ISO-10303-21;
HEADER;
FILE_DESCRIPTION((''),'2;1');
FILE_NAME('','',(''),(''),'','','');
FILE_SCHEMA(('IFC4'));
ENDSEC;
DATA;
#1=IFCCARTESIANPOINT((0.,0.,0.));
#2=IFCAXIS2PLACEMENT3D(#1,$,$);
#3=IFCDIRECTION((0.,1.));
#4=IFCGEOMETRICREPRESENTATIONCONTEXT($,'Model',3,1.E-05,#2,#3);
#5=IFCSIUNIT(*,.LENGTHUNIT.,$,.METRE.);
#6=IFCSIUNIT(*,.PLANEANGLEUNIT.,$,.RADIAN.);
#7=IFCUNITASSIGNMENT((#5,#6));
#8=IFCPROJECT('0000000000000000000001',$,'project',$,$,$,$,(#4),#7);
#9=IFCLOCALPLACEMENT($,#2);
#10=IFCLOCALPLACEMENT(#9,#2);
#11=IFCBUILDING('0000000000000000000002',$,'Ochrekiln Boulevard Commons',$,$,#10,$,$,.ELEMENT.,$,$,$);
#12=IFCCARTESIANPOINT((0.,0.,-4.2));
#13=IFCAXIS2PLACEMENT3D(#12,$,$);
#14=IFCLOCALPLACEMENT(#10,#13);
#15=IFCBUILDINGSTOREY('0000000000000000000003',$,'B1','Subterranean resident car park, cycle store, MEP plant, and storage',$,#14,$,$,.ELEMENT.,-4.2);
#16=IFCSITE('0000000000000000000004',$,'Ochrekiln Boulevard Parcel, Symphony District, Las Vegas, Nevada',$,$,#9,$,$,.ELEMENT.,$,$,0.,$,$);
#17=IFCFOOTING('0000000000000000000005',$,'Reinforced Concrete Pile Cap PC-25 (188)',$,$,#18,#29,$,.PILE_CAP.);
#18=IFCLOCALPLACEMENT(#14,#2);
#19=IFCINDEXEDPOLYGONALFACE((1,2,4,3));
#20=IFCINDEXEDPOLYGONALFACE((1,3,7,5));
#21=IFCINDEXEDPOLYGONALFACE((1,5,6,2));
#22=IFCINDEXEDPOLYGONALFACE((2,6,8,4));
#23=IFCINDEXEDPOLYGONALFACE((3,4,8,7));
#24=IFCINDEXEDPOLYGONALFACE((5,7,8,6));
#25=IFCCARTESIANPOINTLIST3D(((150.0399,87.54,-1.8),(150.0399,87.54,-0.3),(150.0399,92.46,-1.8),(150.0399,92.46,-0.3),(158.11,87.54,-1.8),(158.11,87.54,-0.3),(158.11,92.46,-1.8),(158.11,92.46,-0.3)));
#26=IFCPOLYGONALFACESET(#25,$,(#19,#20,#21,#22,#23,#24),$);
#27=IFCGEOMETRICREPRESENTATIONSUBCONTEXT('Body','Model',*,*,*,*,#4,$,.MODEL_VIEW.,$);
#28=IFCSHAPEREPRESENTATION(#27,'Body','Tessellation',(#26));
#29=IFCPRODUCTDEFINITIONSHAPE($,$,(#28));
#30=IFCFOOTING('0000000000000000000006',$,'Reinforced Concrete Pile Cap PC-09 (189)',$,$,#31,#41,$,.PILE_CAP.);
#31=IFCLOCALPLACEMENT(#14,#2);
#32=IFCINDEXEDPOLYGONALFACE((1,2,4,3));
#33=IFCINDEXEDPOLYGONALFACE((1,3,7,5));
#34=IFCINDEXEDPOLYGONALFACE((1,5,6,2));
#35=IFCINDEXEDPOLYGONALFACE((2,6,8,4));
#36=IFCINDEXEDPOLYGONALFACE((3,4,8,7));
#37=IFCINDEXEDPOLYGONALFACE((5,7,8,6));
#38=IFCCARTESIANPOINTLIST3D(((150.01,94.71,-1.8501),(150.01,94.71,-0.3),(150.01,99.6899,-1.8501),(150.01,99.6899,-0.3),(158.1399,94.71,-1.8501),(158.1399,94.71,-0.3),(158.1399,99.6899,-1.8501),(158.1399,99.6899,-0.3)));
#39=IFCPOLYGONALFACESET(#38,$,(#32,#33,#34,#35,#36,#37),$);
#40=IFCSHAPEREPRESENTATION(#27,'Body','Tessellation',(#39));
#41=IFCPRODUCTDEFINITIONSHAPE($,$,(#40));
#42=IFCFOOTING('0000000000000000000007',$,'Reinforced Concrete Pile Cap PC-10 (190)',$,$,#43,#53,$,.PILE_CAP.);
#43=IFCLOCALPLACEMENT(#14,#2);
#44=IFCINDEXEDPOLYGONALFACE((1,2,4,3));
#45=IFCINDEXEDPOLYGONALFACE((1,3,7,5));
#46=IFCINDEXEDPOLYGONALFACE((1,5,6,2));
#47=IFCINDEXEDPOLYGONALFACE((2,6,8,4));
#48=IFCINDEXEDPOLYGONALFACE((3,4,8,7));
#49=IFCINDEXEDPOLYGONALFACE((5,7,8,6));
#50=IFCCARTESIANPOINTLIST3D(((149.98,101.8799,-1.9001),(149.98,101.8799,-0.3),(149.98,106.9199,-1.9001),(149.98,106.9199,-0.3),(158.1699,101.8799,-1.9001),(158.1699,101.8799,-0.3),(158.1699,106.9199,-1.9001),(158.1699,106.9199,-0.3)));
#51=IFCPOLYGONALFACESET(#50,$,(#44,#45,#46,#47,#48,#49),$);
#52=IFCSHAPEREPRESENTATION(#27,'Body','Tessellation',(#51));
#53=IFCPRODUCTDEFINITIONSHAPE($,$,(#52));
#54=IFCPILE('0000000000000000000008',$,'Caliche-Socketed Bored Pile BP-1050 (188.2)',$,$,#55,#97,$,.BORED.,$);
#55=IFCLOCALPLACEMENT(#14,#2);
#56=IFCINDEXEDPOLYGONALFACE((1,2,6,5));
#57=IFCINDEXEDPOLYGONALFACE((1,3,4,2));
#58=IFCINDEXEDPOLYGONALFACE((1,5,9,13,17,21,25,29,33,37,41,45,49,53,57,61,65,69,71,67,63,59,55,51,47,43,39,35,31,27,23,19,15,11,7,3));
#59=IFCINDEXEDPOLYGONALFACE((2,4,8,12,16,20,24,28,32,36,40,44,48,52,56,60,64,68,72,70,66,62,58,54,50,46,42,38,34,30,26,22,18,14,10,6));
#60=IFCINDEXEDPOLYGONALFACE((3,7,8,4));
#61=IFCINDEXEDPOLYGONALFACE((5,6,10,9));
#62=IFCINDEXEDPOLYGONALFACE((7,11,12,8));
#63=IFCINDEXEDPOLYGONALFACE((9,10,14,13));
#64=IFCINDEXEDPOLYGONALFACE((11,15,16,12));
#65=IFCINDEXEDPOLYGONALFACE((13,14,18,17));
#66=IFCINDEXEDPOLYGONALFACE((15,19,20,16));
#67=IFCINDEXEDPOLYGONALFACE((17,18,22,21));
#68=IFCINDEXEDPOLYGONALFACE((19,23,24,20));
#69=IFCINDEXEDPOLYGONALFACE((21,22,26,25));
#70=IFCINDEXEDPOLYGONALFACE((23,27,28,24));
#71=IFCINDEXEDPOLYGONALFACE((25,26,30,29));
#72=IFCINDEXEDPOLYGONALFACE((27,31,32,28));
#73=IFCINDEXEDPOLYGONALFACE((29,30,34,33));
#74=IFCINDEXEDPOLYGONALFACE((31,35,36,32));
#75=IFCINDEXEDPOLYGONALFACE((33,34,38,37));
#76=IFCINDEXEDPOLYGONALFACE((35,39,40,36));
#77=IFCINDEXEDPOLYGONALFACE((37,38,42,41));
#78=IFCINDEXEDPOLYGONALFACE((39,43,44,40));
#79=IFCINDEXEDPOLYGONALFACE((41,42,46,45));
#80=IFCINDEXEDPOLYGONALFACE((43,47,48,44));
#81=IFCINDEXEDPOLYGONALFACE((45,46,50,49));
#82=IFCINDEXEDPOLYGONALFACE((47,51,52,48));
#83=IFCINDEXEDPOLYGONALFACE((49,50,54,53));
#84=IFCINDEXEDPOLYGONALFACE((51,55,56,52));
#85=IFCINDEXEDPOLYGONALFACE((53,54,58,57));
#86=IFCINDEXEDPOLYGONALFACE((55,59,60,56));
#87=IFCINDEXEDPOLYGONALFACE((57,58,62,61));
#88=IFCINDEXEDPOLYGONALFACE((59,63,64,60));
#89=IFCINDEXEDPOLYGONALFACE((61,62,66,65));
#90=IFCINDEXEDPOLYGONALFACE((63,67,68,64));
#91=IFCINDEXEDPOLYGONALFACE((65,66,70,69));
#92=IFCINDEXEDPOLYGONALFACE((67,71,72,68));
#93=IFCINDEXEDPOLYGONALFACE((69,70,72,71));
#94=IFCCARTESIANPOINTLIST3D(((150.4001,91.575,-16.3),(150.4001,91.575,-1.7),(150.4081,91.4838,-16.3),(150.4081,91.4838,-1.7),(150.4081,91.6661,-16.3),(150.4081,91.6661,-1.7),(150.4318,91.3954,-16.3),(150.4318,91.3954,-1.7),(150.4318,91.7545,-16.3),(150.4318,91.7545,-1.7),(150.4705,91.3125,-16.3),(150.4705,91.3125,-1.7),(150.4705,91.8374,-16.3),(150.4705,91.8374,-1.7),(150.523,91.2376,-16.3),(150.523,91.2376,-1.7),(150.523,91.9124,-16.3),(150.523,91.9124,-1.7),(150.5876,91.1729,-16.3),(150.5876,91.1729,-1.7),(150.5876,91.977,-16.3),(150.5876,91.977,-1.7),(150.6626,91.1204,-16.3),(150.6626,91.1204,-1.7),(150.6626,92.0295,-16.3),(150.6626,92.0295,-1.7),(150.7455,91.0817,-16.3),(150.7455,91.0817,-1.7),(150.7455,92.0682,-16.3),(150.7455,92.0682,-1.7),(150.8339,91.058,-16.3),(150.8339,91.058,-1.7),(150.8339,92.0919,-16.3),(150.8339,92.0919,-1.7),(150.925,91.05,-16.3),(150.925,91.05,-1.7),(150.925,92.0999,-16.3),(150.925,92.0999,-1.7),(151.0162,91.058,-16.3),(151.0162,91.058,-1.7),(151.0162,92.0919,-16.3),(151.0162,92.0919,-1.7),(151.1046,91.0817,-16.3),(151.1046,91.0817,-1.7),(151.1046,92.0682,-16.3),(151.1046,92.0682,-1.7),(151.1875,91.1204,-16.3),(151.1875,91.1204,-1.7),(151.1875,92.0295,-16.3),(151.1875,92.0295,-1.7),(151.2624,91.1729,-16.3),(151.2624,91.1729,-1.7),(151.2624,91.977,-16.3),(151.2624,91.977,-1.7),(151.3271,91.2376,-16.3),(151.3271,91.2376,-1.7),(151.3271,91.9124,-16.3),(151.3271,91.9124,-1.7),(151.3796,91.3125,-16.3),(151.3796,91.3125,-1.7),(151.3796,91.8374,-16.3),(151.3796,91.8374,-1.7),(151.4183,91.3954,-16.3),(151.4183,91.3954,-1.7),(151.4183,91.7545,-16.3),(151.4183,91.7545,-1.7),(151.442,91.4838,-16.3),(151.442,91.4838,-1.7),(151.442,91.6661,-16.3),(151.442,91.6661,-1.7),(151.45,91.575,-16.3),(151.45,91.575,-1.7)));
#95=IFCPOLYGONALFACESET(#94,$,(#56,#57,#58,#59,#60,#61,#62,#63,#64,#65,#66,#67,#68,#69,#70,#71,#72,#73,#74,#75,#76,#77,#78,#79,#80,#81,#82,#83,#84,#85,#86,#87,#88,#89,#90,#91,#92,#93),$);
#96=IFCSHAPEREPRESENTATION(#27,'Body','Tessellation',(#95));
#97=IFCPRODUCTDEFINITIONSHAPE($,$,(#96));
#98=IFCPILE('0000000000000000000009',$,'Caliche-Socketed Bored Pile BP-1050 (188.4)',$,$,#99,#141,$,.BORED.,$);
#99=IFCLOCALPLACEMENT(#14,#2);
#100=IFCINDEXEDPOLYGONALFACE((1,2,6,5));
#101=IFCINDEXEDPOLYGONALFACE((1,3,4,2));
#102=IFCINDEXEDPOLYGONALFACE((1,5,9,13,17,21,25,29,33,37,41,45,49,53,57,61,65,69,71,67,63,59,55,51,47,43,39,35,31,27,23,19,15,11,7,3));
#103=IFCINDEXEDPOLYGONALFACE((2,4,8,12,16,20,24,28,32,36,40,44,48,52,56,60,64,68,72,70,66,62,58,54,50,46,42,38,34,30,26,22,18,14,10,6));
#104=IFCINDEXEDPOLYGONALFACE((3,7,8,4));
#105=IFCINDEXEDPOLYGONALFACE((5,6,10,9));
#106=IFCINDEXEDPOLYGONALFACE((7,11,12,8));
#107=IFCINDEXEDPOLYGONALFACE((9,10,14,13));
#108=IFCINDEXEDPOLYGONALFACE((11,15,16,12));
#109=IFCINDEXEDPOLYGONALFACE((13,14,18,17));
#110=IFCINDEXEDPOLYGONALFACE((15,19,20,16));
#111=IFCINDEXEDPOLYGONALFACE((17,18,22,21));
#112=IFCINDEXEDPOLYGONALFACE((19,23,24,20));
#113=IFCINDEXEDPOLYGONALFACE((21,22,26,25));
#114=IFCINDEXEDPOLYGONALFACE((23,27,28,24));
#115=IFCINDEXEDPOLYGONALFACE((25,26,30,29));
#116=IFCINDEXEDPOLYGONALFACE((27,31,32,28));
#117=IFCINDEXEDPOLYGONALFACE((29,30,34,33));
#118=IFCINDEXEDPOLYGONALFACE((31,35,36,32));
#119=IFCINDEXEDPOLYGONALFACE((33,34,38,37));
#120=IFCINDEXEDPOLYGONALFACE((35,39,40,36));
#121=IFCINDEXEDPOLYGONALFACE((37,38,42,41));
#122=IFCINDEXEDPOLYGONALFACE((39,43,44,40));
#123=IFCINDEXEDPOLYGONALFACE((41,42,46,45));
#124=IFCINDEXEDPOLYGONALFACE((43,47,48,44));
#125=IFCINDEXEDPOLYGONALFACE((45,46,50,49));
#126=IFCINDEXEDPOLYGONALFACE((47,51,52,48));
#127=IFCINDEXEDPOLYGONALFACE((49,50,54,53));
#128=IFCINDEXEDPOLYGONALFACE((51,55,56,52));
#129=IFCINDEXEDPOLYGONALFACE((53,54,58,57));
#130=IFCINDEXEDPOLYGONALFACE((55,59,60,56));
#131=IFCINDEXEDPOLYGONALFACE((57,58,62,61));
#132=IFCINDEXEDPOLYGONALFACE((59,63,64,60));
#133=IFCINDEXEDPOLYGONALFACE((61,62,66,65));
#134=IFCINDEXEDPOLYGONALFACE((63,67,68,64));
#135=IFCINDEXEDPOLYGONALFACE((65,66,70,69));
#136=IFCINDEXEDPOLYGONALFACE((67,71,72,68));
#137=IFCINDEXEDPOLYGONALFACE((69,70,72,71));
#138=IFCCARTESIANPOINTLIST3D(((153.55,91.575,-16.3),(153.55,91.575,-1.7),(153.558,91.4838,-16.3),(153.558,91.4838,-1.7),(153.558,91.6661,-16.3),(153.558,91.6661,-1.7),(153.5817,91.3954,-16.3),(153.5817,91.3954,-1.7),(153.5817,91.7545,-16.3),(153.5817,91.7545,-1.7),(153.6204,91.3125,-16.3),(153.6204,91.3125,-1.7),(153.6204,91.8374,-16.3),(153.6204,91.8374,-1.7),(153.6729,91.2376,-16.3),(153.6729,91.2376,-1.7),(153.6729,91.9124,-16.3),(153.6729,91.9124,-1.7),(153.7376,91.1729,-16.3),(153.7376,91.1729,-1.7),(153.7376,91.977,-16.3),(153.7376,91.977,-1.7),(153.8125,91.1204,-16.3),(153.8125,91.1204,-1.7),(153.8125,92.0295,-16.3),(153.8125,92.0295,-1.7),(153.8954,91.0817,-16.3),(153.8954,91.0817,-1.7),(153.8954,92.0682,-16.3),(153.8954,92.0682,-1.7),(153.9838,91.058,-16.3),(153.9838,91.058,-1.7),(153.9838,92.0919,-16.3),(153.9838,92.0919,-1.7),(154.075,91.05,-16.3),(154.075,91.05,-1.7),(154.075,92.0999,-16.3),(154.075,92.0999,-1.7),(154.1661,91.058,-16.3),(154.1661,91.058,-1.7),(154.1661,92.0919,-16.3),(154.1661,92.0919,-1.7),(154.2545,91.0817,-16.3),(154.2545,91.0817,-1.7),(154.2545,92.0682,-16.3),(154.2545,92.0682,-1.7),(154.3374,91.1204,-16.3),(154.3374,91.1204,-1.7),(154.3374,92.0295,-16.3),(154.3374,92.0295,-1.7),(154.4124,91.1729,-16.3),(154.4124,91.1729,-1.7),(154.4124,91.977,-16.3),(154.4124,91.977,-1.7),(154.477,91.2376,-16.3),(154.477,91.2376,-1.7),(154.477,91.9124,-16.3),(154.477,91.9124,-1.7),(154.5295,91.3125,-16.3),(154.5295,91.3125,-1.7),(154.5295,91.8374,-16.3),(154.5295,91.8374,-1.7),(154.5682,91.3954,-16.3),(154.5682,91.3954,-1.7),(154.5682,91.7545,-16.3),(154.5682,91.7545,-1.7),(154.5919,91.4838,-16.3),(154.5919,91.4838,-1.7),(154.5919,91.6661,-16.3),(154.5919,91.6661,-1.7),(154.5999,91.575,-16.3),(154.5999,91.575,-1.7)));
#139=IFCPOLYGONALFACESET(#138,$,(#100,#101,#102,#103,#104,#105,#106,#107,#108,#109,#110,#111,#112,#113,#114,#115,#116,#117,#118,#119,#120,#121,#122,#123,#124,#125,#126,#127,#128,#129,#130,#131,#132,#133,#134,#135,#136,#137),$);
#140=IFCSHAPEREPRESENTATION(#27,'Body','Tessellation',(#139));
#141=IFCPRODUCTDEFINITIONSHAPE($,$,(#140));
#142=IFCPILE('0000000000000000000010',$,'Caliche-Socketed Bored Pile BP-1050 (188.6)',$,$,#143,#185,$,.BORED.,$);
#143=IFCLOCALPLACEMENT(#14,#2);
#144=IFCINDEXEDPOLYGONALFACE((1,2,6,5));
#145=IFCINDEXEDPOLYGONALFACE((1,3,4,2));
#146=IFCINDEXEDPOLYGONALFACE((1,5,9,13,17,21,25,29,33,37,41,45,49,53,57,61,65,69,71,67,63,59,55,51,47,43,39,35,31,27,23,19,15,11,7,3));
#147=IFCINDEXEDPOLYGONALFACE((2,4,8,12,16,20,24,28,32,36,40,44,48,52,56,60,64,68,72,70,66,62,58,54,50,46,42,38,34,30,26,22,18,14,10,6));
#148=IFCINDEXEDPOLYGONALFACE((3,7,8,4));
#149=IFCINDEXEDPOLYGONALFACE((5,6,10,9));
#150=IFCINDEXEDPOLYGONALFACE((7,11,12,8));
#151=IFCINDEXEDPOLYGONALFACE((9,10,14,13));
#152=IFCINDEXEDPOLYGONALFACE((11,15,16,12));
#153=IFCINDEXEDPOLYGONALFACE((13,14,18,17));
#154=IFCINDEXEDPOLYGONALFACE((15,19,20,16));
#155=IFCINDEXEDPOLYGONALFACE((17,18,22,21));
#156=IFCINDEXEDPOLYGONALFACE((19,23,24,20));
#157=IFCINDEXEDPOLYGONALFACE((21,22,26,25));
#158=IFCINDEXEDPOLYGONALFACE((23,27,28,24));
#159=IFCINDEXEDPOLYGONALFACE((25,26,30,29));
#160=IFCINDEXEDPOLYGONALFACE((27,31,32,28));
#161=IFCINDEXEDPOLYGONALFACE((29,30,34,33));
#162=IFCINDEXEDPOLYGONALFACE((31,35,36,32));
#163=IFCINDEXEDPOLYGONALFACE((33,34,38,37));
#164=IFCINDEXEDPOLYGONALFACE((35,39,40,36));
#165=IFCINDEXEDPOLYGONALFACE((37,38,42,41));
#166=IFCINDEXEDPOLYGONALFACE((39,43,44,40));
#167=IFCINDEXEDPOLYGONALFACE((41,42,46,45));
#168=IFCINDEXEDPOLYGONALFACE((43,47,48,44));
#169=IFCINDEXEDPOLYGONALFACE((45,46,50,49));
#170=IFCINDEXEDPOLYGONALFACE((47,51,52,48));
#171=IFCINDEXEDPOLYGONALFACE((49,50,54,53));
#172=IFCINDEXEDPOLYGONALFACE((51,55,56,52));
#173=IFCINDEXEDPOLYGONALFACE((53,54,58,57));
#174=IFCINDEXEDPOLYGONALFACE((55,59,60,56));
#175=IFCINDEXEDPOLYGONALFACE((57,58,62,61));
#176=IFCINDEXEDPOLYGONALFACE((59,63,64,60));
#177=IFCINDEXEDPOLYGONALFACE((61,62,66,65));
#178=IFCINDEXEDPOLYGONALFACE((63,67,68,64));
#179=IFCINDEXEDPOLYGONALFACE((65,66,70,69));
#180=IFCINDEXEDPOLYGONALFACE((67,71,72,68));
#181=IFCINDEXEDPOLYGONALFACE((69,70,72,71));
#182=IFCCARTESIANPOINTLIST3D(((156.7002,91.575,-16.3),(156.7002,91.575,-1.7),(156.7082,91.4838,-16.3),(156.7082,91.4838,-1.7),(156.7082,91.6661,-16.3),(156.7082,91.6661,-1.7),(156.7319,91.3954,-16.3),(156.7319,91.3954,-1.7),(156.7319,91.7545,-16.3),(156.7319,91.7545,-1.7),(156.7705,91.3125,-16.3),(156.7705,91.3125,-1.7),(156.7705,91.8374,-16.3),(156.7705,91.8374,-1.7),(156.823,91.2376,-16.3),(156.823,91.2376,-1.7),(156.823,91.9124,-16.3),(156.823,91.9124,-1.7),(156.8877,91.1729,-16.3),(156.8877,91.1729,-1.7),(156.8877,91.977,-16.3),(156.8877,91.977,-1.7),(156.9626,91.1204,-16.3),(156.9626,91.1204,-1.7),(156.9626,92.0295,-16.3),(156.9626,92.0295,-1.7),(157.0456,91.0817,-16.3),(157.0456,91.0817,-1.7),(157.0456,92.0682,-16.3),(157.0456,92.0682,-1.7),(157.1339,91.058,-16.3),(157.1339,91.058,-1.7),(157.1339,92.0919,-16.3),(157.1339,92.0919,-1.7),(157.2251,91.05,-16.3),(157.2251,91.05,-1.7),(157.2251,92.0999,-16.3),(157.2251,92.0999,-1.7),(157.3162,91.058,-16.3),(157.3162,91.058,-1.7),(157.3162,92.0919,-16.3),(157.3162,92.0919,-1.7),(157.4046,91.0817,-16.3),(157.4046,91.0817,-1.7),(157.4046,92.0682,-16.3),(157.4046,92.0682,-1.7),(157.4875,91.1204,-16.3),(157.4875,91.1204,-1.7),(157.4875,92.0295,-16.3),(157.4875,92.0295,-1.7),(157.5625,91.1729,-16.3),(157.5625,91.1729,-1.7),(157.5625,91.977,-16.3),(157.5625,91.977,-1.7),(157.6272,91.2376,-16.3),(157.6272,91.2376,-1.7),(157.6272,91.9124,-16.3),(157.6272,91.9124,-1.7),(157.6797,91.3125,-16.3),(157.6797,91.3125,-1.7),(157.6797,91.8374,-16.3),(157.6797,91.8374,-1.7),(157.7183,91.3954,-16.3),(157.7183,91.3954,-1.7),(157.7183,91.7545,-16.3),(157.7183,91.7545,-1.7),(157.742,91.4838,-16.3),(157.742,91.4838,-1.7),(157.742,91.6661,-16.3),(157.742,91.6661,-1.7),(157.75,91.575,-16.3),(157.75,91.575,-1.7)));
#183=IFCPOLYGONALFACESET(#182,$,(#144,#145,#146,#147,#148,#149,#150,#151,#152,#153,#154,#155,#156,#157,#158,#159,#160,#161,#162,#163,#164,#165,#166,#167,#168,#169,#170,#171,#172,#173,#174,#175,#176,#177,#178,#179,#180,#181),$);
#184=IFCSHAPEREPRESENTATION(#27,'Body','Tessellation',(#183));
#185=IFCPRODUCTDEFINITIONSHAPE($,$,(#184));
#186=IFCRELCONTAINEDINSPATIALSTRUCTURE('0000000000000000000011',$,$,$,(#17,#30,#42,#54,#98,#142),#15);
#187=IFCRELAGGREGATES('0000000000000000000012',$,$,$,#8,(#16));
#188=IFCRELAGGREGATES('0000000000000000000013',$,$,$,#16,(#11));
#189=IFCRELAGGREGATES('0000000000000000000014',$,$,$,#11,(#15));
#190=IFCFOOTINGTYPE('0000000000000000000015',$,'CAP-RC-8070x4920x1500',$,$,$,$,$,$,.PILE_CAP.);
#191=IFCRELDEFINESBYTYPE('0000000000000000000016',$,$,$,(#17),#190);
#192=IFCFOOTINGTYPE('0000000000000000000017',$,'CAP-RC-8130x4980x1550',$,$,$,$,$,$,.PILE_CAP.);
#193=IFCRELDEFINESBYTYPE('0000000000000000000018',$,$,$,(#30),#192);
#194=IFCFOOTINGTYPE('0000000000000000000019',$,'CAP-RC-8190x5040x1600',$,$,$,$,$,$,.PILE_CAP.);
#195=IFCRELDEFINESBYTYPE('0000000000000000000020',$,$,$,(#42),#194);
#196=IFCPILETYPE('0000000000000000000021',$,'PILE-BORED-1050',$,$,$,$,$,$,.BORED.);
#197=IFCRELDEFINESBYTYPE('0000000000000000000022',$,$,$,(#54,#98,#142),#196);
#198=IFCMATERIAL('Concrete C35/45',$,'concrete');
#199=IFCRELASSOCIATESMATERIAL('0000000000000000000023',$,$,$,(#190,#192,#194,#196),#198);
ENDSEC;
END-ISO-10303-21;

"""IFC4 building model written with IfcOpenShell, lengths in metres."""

from ifc_helpers import new_model, si_unit, direction, frame, origin, origin_2d, place, context, subcontext, project, spatial, rectangle, circle, extrude, material, material_profile, profile_set, type_object, element, save


model = new_model("IFC4")

# Units and contexts
model_context = context("Model", 3, precision=1e-05, world=origin(), true_north=direction((0.0, 1.0)))
body_context = subcontext(model_context, "Body", "Model", "MODEL_VIEW")
ifc_project = project(units=[si_unit("LENGTHUNIT", "METRE"), si_unit("PLANEANGLEUNIT", "RADIAN")], contexts=[model_context])

# Site, building, storey
site_placement = place(None, origin())
site = spatial("IfcSite", under=ifc_project, at=site_placement, Name="Ochrekiln Boulevard Parcel, Symphony District, Las Vegas, Nevada", CompositionType="ELEMENT", RefElevation=0.0)
building_placement = place(site_placement, origin())
building = spatial("IfcBuilding", under=site, at=building_placement, Name="Ochrekiln Boulevard Commons", CompositionType="ELEMENT")
storey_placement = place(building_placement, frame((0.0, 0.0, -4.2)))
storey = spatial("IfcBuildingStorey", under=building, at=storey_placement, Name="B1", Description="Subterranean resident car park, cycle store, MEP plant, and storage", CompositionType="ELEMENT", Elevation=-4.2)

# Footings
ifc_material_1 = material(Name="Concrete C35/45", Category="concrete")
footing_type_1 = type_object("IfcFootingType", Name="CAP-RC-8070x4920x1500", PredefinedType="PILE_CAP", material=ifc_material_1)
footing_1_placement = place(storey_placement, frame((154.075, 90.0, -1.8), z_axis=(0.0, 0.0, 1.0), x_axis=(1.0, 0.0, 0.0)))
element("IfcFooting", 1, at=footing_1_placement, inside=storey, type_object=footing_type_1, Name="Reinforced Concrete Pile Cap PC-25 (188)", PredefinedType="PILE_CAP", context=body_context, shape_type="SweptSolid", body=[
    extrude(rectangle(XDim=8.0701, YDim=4.9199, at=origin_2d()), origin(), (0.0, 0.0, 1.0), 1.5),
])
footing_type_2 = type_object("IfcFootingType", Name="CAP-RC-8130x4980x1550", PredefinedType="PILE_CAP", material=ifc_material_1)
footing_2_placement = place(storey_placement, frame((154.075, 97.2, -1.8501), z_axis=(0.0, 0.0, 1.0), x_axis=(1.0, 0.0, 0.0)))
element("IfcFooting", 2, at=footing_2_placement, inside=storey, type_object=footing_type_2, Name="Reinforced Concrete Pile Cap PC-09 (189)", PredefinedType="PILE_CAP", context=body_context, shape_type="SweptSolid", body=[
    extrude(rectangle(XDim=8.1299, YDim=4.98, at=origin_2d()), origin(), (0.0, 0.0, 1.0), 1.55),
])
footing_type_3 = type_object("IfcFootingType", Name="CAP-RC-8190x5040x1600", PredefinedType="PILE_CAP", material=ifc_material_1)
footing_3_placement = place(storey_placement, frame((154.075, 104.3999, -1.9001), z_axis=(0.0, 0.0, 1.0), x_axis=(1.0, 0.0, 0.0)))
element("IfcFooting", 3, at=footing_3_placement, inside=storey, type_object=footing_type_3, Name="Reinforced Concrete Pile Cap PC-10 (190)", PredefinedType="PILE_CAP", context=body_context, shape_type="SweptSolid", body=[
    extrude(rectangle(XDim=8.1899, YDim=5.04, at=origin_2d()), origin(), (0.0, 0.0, 1.0), 1.6001),
])

# Piles
ifc_material_profile_1 = material_profile(ifc_material_1, circle(Radius=0.5249, at=origin_2d()), Name="PILE-D1050")
ifc_profile_set_1 = profile_set([ifc_material_profile_1], Name="Concrete C35/45")
pile_type = type_object("IfcPileType", Name="PILE-BORED-1050", PredefinedType="BORED", material=ifc_profile_set_1)
for number, where, z_axis, x_axis, name in (
    (4, (150.925, 91.575, -1.7), (0.0, 0.0, -1.0), (1.0, 0.0, 0.0), "Caliche-Socketed Bored Pile BP-1050 (188.2)"),
    (5, (154.075, 91.575, -1.7), (0.0, 0.0, -1.0), (1.0, 0.0, 0.0), "Caliche-Socketed Bored Pile BP-1050 (188.4)"),
    (6, (157.2251, 91.575, -1.7), (0.0, 0.0, -1.0), (1.0, 0.0, 0.0), "Caliche-Socketed Bored Pile BP-1050 (188.6)"),
):
    element("IfcPile", number, at=place(storey_placement, frame(where, z_axis=z_axis, x_axis=x_axis)), inside=storey, type_object=pile_type, Name=name, PredefinedType="BORED", context=body_context, shape_type="SweptSolid", body=[
        extrude(circle(Radius=0.5249, at=origin_2d()), origin(), (0.0, 0.0, 1.0), 14.6001),
    ])

save(model, "model.ifc")
